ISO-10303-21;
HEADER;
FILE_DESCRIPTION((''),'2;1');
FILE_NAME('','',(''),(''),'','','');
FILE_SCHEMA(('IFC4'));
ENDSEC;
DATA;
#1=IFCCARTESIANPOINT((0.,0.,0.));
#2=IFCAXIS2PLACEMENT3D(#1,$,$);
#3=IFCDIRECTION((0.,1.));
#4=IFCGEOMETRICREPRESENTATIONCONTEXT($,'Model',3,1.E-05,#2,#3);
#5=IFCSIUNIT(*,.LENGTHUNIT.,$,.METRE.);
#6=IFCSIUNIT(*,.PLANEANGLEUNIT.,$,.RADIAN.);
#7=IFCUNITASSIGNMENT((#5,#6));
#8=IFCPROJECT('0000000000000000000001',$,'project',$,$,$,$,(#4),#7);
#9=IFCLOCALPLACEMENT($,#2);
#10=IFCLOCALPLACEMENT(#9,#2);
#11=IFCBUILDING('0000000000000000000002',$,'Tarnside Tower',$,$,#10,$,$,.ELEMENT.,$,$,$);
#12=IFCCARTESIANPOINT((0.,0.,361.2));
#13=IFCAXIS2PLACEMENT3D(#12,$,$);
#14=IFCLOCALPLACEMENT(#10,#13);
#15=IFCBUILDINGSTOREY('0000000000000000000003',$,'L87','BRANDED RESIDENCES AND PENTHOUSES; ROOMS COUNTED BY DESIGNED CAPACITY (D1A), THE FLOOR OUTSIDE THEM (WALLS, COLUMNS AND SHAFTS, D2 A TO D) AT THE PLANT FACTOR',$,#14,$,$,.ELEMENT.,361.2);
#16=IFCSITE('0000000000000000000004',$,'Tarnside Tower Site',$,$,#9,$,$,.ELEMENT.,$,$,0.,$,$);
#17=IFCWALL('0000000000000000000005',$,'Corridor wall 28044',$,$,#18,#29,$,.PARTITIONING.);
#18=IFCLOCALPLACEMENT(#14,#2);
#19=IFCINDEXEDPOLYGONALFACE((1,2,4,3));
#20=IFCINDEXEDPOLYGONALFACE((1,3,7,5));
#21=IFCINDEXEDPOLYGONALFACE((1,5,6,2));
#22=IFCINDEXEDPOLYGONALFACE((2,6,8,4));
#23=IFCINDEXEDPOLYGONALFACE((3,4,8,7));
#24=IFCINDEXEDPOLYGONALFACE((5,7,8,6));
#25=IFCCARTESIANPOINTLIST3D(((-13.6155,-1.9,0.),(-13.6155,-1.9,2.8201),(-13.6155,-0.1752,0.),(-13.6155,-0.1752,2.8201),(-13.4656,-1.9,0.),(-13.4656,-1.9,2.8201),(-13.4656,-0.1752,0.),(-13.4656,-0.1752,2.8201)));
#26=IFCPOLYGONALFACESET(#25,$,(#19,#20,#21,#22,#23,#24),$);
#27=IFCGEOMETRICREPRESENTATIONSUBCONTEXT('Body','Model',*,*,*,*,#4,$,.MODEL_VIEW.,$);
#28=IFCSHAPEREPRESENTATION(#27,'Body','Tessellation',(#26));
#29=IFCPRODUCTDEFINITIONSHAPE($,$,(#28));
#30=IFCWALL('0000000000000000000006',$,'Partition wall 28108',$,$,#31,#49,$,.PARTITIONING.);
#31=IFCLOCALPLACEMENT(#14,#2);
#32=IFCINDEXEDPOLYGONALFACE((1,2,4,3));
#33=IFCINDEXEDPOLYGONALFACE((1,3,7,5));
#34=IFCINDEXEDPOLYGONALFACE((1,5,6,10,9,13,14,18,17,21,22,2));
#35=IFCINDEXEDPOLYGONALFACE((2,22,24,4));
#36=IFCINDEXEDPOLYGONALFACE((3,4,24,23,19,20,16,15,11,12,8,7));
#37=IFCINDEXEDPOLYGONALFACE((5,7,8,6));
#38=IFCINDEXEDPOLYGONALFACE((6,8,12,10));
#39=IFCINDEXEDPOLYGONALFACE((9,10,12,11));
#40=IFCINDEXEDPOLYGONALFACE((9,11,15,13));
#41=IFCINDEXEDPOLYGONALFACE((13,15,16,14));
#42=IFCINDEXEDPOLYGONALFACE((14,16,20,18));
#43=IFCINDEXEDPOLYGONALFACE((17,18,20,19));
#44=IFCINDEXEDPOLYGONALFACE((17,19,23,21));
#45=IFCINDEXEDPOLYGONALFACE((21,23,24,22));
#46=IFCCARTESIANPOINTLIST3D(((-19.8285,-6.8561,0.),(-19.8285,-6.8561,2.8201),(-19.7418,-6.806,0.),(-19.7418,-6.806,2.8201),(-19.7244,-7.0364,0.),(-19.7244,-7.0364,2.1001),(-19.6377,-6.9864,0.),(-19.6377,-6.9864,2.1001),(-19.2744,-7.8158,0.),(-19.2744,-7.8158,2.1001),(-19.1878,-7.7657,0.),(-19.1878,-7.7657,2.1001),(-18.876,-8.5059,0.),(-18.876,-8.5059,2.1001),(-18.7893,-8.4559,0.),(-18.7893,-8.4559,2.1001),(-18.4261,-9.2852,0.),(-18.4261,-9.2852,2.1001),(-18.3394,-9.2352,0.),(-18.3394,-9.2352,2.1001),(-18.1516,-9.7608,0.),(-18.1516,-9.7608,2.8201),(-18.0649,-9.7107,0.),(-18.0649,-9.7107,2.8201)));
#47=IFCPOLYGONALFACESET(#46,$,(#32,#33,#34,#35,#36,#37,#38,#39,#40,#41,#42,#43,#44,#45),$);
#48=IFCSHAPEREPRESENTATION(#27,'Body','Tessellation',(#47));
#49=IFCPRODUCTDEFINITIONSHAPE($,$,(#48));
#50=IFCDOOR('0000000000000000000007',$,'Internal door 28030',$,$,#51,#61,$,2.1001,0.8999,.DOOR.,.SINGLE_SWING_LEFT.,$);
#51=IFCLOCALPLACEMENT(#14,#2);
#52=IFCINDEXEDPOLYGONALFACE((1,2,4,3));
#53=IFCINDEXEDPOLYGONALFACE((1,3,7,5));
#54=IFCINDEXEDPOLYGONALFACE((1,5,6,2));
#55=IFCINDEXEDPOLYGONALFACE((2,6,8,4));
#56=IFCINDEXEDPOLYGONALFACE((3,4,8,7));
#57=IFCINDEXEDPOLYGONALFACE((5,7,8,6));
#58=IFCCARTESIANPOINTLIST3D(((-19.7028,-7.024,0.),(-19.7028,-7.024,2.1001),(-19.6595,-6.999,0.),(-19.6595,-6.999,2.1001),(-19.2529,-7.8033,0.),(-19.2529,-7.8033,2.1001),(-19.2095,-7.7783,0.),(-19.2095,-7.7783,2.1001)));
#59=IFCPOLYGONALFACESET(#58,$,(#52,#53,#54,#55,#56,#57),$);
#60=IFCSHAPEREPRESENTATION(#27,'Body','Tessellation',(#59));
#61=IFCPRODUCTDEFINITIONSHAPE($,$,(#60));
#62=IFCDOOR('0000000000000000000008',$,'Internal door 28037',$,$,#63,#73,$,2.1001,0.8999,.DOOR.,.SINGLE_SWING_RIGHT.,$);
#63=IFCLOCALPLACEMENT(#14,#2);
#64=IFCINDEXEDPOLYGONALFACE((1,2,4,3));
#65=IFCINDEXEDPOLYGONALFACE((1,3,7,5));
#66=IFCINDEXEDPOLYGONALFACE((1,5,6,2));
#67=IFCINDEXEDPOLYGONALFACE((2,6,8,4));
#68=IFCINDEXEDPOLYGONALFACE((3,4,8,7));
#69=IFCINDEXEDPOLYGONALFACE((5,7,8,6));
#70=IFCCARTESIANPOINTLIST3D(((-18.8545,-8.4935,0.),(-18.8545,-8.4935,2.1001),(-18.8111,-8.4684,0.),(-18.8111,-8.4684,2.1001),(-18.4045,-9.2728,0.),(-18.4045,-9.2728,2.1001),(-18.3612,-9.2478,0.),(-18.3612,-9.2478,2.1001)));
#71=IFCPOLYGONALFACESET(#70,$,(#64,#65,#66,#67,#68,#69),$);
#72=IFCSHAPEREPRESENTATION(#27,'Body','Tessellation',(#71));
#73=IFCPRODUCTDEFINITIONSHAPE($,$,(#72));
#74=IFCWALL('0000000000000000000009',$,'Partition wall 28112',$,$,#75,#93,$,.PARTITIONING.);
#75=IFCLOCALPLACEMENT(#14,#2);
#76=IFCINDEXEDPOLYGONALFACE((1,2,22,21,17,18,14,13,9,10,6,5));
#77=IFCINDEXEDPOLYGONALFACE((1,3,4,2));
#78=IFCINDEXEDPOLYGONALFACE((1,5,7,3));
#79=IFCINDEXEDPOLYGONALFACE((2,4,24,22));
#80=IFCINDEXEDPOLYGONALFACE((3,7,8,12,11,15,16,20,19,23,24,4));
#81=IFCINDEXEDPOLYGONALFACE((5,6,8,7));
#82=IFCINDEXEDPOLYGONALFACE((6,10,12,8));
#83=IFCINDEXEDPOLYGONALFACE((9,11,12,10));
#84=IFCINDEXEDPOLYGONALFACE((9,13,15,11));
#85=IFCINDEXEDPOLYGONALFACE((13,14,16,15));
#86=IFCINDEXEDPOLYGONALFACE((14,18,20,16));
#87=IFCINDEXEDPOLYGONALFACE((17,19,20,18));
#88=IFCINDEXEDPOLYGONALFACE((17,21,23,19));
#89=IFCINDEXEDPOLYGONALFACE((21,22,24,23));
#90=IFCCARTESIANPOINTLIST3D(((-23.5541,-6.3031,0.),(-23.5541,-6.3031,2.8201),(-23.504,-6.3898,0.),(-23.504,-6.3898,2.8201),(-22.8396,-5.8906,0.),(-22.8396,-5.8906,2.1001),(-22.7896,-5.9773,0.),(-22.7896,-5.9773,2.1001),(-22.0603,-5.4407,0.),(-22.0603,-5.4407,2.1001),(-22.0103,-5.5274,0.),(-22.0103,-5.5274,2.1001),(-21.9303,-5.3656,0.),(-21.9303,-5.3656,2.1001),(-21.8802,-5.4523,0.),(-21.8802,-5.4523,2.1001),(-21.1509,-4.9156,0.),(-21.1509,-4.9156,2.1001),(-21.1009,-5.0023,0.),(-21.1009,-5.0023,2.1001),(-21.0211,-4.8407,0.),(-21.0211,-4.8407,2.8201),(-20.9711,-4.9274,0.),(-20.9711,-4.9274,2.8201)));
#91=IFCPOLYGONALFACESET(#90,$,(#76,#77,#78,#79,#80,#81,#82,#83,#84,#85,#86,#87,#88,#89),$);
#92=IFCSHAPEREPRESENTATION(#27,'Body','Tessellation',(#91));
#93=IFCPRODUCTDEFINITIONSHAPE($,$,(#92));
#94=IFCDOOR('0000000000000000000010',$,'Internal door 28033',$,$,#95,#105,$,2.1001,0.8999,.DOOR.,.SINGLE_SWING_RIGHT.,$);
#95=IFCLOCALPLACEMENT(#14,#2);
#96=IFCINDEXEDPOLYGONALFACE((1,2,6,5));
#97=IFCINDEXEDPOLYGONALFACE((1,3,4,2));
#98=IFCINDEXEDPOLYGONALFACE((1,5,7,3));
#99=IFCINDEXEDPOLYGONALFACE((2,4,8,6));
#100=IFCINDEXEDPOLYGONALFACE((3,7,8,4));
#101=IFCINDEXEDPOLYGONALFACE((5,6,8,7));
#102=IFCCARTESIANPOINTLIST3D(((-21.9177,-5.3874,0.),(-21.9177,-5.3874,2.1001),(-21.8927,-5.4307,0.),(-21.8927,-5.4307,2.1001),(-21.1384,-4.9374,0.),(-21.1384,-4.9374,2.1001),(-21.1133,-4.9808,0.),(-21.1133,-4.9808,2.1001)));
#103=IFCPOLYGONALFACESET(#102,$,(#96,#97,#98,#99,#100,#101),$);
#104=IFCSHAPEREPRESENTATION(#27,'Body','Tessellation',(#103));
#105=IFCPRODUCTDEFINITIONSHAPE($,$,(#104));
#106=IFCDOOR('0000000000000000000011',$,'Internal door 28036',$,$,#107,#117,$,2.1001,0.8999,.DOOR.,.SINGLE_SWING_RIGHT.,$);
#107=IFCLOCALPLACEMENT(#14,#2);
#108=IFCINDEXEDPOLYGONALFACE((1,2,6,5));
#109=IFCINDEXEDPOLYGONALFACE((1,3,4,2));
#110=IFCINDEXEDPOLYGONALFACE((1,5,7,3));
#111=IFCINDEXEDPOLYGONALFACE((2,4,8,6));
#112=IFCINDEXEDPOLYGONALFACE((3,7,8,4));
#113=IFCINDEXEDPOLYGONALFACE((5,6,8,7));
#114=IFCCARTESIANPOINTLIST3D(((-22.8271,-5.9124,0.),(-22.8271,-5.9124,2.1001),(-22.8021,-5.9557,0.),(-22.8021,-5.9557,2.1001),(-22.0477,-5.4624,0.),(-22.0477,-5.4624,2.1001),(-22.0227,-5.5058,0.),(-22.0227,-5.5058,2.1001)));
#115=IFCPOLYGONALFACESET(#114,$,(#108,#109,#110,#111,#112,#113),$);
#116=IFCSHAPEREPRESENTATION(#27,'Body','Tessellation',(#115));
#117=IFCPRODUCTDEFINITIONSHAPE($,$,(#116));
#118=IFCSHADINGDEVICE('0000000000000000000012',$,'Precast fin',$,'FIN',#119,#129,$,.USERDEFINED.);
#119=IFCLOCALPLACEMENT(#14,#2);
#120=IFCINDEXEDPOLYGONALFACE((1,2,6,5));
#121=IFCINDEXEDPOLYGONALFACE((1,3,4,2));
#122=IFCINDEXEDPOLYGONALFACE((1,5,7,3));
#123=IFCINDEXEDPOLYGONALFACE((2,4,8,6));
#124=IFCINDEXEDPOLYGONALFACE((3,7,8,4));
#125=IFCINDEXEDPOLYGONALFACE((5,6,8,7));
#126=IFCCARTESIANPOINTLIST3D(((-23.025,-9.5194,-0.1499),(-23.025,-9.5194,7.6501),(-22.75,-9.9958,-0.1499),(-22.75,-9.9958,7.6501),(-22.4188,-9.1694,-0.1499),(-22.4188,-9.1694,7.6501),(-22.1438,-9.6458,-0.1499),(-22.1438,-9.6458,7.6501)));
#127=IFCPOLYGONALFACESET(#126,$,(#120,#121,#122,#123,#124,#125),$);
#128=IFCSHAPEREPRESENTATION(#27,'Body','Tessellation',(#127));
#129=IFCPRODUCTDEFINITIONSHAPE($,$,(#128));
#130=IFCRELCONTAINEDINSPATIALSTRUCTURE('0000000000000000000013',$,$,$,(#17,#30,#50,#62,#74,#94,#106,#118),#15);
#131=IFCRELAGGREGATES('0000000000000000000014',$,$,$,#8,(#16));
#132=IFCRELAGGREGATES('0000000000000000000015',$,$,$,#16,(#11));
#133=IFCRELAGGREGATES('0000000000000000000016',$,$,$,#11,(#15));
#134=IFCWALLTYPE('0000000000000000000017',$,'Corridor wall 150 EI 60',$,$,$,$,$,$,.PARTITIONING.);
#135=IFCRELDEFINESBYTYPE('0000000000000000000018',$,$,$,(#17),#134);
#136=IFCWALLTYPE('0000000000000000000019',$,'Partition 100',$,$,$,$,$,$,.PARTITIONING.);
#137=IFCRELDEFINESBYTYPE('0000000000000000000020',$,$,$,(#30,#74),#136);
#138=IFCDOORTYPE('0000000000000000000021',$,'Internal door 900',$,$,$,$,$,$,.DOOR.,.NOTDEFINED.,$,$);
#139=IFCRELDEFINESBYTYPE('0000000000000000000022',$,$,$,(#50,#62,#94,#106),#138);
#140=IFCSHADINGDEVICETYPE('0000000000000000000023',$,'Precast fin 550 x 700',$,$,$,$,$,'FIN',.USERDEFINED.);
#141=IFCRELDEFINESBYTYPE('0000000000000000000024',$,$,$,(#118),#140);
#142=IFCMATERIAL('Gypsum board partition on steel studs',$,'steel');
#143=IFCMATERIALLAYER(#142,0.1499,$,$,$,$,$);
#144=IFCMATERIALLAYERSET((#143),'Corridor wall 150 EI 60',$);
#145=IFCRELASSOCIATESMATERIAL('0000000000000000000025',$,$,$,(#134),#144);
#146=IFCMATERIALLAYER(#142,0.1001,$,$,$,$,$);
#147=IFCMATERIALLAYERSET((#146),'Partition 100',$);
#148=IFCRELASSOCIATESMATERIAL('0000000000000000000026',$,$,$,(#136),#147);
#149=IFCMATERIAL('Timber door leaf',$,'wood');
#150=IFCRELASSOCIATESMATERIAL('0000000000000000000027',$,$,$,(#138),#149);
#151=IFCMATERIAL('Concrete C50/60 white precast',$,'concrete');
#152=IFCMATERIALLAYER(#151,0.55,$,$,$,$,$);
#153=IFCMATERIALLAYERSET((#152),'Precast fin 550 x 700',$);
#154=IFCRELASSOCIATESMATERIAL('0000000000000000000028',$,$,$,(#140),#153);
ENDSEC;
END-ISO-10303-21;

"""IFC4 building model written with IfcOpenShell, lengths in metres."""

from ifc_helpers import new_model, si_unit, direction, frame, frame_2d, origin, place, context, subcontext, project, spatial, polyline, rectangle, outline, extrude, material, layer, layer_set, type_object, element, fill, save


model = new_model("IFC4")

# Units and contexts
model_context = context("Model", 3, precision=1e-05, world=origin(), true_north=direction((0.0, 1.0)))
body_context = subcontext(model_context, "Body", "Model", "MODEL_VIEW")
ifc_project = project(units=[si_unit("LENGTHUNIT", "METRE"), si_unit("PLANEANGLEUNIT", "RADIAN")], contexts=[model_context])

# Site, building, storey
site_placement = place(None, origin())
site = spatial("IfcSite", under=ifc_project, at=site_placement, Name="Tarnside Tower Site", CompositionType="ELEMENT", RefElevation=0.0)
building_placement = place(site_placement, origin())
building = spatial("IfcBuilding", under=site, at=building_placement, Name="Tarnside Tower", CompositionType="ELEMENT")
storey_placement = place(building_placement, frame((0.0, 0.0, 361.2)))
storey = spatial("IfcBuildingStorey", under=building, at=storey_placement, Name="L87", Description="BRANDED RESIDENCES AND PENTHOUSES; ROOMS COUNTED BY DESIGNED CAPACITY (D1A), THE FLOOR OUTSIDE THEM (WALLS, COLUMNS AND SHAFTS, D2 A TO D) AT THE PLANT FACTOR", CompositionType="ELEMENT", Elevation=361.2)

# Shared definitions
ifc_material_1 = material(Name="Gypsum board partition on steel studs", Category="steel")
ifc_material_2 = material(Name="Timber door leaf", Category="wood")

# Shared definitions
ifc_layer_1 = layer(ifc_material_1, 0.1499)
ifc_layer_set_1 = layer_set([ifc_layer_1], Name="Corridor wall 150 EI 60")
wall_type_1 = type_object("IfcWallType", Name="Corridor wall 150 EI 60", PredefinedType="PARTITIONING", material=ifc_layer_set_1)

# Wall
wall_1_placement = place(storey_placement, frame((-13.5405, -1.8999, 0.0), z_axis=(0.0, 0.0, 1.0), x_axis=(0.0, 1.0, 0.0)))
element("IfcWall", 1, at=wall_1_placement, inside=storey, type_object=wall_type_1, Name="Corridor wall 28044", PredefinedType="PARTITIONING", context=body_context, shape_type="SweptSolid", body=[
    extrude(rectangle(XDim=1.7249, YDim=0.1499, at=frame_2d((0.8623, 0.0))), origin(), (0.0, 0.0, 1.0), 2.8201),
])

# Walls, openings, doors
ifc_layer_2 = layer(ifc_material_1, 0.1001)
ifc_layer_set_2 = layer_set([ifc_layer_2], Name="Partition 100")
wall_type_2 = type_object("IfcWallType", Name="Partition 100", PredefinedType="PARTITIONING", material=ifc_layer_set_2)
wall_2_placement = place(storey_placement, frame((-19.7852, -6.8311, 0.0), z_axis=(0.0, 0.0, 1.0), x_axis=(0.499983, -0.866035, 0.0)))
wall_2 = element("IfcWall", 2, at=wall_2_placement, inside=storey, type_object=wall_type_2, Name="Partition wall 28108", PredefinedType="PARTITIONING", context=body_context, shape_type="SweptSolid", body=[
    extrude(rectangle(XDim=3.354, YDim=0.1001, at=frame_2d((1.677, 0.0))), origin(), (0.0, 0.0, 1.0), 2.8201),
])
opening_1_placement = place(wall_2_placement, frame((0.2083, 0.0, 0.0)))
opening_1 = element("IfcOpeningElement", 3, at=opening_1_placement, cuts=wall_2, PredefinedType="OPENING", context=body_context, shape_type="SweptSolid", body=[
    extrude(rectangle(XDim=0.8999, YDim=2.1001, at=frame_2d((0.45, 1.05))), frame((0.0, 0.0601, 0.0), z_axis=(0.0, -1.0, 0.0), x_axis=(1.0, 0.0, 0.0)), (0.0, 0.0, 1.0), 0.1201),
])
opening_2_placement = place(wall_2_placement, frame((1.905, 0.0, 0.0)))
opening_2 = element("IfcOpeningElement", 4, at=opening_2_placement, cuts=wall_2, PredefinedType="OPENING", context=body_context, shape_type="SweptSolid", body=[
    extrude(rectangle(XDim=0.8999, YDim=2.1001, at=frame_2d((0.45, 1.05))), frame((0.0, 0.0601, 0.0), z_axis=(0.0, -1.0, 0.0), x_axis=(1.0, 0.0, 0.0)), (0.0, 0.0, 1.0), 0.1201),
])
door_type_1 = type_object("IfcDoorType", Name="Internal door 900", OperationType="NOTDEFINED", PredefinedType="DOOR", material=ifc_material_2)
door_1_placement = place(opening_1_placement, origin())
door_1 = element("IfcDoor", 5, at=door_1_placement, inside=storey, type_object=door_type_1, Name="Internal door 28030", OperationType="SINGLE_SWING_LEFT", OverallHeight=2.1001, OverallWidth=0.8999, PredefinedType="DOOR", context=body_context, shape_type="SweptSolid", body=[
    extrude(rectangle(XDim=0.8999, YDim=2.1001, at=frame_2d((0.45, 1.05))), frame((0.0, 0.0249, 0.0), z_axis=(0.0, -1.0, 0.0), x_axis=(1.0, 0.0, 0.0)), (0.0, 0.0, 1.0), 0.05),
])
fill(opening_1, door_1)
door_2_placement = place(opening_2_placement, origin())
door_2 = element("IfcDoor", 6, at=door_2_placement, inside=storey, type_object=door_type_1, Name="Internal door 28037", OperationType="SINGLE_SWING_RIGHT", OverallHeight=2.1001, OverallWidth=0.8999, PredefinedType="DOOR", context=body_context, shape_type="SweptSolid", body=[
    extrude(rectangle(XDim=0.8999, YDim=2.1001, at=frame_2d((0.45, 1.05))), frame((0.0, 0.0249, 0.0), z_axis=(0.0, -1.0, 0.0), x_axis=(1.0, 0.0, 0.0)), (0.0, 0.0, 1.0), 0.05),
])
fill(opening_2, door_2)
wall_3_placement = place(storey_placement, frame((-23.5291, -6.3464, 0.0), z_axis=(0.0, 0.0, 1.0), x_axis=(0.866026, 0.499999, 0.0)))
wall_3 = element("IfcWall", 7, at=wall_3_placement, inside=storey, type_object=wall_type_2, Name="Partition wall 28112", PredefinedType="PARTITIONING", context=body_context, shape_type="SweptSolid", body=[
    extrude(rectangle(XDim=2.9248, YDim=0.1001, at=frame_2d((1.4624, 0.0))), origin(), (0.0, 0.0, 1.0), 2.8201),
])
opening_3_placement = place(wall_3_placement, frame((1.875, 0.0, 0.0)))
opening_3 = element("IfcOpeningElement", 8, at=opening_3_placement, cuts=wall_3, PredefinedType="OPENING", context=body_context, shape_type="SweptSolid", body=[
    extrude(rectangle(XDim=0.8999, YDim=2.1001, at=frame_2d((0.45, 1.05))), frame((0.0, 0.0601, 0.0), z_axis=(0.0, -1.0, 0.0), x_axis=(1.0, 0.0, 0.0)), (0.0, 0.0, 1.0), 0.1201),
])
opening_4_placement = place(wall_3_placement, frame((0.825, 0.0, 0.0)))
opening_4 = element("IfcOpeningElement", 9, at=opening_4_placement, cuts=wall_3, PredefinedType="OPENING", context=body_context, shape_type="SweptSolid", body=[
    extrude(rectangle(XDim=0.8999, YDim=2.1001, at=frame_2d((0.45, 1.05))), frame((0.0, 0.0601, 0.0), z_axis=(0.0, -1.0, 0.0), x_axis=(1.0, 0.0, 0.0)), (0.0, 0.0, 1.0), 0.1201),
])
door_3_placement = place(opening_3_placement, origin())
door_3 = element("IfcDoor", 10, at=door_3_placement, inside=storey, type_object=door_type_1, Name="Internal door 28033", OperationType="SINGLE_SWING_RIGHT", OverallHeight=2.1001, OverallWidth=0.8999, PredefinedType="DOOR", context=body_context, shape_type="SweptSolid", body=[
    extrude(rectangle(XDim=0.8999, YDim=2.1001, at=frame_2d((0.45, 1.05))), frame((0.0, 0.0249, 0.0), z_axis=(0.0, -1.0, 0.0), x_axis=(1.0, 0.0, 0.0)), (0.0, 0.0, 1.0), 0.05),
])
fill(opening_3, door_3)
door_4_placement = place(opening_4_placement, origin())
door_4 = element("IfcDoor", 11, at=door_4_placement, inside=storey, type_object=door_type_1, Name="Internal door 28036", OperationType="SINGLE_SWING_RIGHT", OverallHeight=2.1001, OverallWidth=0.8999, PredefinedType="DOOR", context=body_context, shape_type="SweptSolid", body=[
    extrude(rectangle(XDim=0.8999, YDim=2.1001, at=frame_2d((0.45, 1.05))), frame((0.0, 0.0249, 0.0), z_axis=(0.0, -1.0, 0.0), x_axis=(1.0, 0.0, 0.0)), (0.0, 0.0, 1.0), 0.05),
])
fill(opening_4, door_4)

# Shading device
ifc_material_3 = material(Name="Concrete C50/60 white precast", Category="concrete")
ifc_layer_3 = layer(ifc_material_3, 0.55)
ifc_layer_set_3 = layer_set([ifc_layer_3], Name="Precast fin 550 x 700")
shading_device_type = type_object("IfcShadingDeviceType", Name="Precast fin 550 x 700", ElementType="FIN", PredefinedType="USERDEFINED", material=ifc_layer_set_3)
shading_device_placement = place(storey_placement, frame((-22.2812, -9.4077, -0.1499), z_axis=(-0.5, 0.866025, 0.0), x_axis=(-0.866025, -0.5, 0.0)))
element("IfcShadingDevice", 12, at=shading_device_placement, inside=storey, type_object=shading_device_type, Name="Precast fin", ObjectType="FIN", PredefinedType="USERDEFINED", context=body_context, shape_type="SweptSolid", body=[
    extrude(outline(polyline([(0.0, 0.0), (0.7, 0.0), (0.7, 7.8), (0.0, 7.8), (0.0, 0.0)])), frame((0.0, 0.0, -0.2749)), (0.0, 0.0, 1.0), 0.55),
])

save(model, "model.ifc")
